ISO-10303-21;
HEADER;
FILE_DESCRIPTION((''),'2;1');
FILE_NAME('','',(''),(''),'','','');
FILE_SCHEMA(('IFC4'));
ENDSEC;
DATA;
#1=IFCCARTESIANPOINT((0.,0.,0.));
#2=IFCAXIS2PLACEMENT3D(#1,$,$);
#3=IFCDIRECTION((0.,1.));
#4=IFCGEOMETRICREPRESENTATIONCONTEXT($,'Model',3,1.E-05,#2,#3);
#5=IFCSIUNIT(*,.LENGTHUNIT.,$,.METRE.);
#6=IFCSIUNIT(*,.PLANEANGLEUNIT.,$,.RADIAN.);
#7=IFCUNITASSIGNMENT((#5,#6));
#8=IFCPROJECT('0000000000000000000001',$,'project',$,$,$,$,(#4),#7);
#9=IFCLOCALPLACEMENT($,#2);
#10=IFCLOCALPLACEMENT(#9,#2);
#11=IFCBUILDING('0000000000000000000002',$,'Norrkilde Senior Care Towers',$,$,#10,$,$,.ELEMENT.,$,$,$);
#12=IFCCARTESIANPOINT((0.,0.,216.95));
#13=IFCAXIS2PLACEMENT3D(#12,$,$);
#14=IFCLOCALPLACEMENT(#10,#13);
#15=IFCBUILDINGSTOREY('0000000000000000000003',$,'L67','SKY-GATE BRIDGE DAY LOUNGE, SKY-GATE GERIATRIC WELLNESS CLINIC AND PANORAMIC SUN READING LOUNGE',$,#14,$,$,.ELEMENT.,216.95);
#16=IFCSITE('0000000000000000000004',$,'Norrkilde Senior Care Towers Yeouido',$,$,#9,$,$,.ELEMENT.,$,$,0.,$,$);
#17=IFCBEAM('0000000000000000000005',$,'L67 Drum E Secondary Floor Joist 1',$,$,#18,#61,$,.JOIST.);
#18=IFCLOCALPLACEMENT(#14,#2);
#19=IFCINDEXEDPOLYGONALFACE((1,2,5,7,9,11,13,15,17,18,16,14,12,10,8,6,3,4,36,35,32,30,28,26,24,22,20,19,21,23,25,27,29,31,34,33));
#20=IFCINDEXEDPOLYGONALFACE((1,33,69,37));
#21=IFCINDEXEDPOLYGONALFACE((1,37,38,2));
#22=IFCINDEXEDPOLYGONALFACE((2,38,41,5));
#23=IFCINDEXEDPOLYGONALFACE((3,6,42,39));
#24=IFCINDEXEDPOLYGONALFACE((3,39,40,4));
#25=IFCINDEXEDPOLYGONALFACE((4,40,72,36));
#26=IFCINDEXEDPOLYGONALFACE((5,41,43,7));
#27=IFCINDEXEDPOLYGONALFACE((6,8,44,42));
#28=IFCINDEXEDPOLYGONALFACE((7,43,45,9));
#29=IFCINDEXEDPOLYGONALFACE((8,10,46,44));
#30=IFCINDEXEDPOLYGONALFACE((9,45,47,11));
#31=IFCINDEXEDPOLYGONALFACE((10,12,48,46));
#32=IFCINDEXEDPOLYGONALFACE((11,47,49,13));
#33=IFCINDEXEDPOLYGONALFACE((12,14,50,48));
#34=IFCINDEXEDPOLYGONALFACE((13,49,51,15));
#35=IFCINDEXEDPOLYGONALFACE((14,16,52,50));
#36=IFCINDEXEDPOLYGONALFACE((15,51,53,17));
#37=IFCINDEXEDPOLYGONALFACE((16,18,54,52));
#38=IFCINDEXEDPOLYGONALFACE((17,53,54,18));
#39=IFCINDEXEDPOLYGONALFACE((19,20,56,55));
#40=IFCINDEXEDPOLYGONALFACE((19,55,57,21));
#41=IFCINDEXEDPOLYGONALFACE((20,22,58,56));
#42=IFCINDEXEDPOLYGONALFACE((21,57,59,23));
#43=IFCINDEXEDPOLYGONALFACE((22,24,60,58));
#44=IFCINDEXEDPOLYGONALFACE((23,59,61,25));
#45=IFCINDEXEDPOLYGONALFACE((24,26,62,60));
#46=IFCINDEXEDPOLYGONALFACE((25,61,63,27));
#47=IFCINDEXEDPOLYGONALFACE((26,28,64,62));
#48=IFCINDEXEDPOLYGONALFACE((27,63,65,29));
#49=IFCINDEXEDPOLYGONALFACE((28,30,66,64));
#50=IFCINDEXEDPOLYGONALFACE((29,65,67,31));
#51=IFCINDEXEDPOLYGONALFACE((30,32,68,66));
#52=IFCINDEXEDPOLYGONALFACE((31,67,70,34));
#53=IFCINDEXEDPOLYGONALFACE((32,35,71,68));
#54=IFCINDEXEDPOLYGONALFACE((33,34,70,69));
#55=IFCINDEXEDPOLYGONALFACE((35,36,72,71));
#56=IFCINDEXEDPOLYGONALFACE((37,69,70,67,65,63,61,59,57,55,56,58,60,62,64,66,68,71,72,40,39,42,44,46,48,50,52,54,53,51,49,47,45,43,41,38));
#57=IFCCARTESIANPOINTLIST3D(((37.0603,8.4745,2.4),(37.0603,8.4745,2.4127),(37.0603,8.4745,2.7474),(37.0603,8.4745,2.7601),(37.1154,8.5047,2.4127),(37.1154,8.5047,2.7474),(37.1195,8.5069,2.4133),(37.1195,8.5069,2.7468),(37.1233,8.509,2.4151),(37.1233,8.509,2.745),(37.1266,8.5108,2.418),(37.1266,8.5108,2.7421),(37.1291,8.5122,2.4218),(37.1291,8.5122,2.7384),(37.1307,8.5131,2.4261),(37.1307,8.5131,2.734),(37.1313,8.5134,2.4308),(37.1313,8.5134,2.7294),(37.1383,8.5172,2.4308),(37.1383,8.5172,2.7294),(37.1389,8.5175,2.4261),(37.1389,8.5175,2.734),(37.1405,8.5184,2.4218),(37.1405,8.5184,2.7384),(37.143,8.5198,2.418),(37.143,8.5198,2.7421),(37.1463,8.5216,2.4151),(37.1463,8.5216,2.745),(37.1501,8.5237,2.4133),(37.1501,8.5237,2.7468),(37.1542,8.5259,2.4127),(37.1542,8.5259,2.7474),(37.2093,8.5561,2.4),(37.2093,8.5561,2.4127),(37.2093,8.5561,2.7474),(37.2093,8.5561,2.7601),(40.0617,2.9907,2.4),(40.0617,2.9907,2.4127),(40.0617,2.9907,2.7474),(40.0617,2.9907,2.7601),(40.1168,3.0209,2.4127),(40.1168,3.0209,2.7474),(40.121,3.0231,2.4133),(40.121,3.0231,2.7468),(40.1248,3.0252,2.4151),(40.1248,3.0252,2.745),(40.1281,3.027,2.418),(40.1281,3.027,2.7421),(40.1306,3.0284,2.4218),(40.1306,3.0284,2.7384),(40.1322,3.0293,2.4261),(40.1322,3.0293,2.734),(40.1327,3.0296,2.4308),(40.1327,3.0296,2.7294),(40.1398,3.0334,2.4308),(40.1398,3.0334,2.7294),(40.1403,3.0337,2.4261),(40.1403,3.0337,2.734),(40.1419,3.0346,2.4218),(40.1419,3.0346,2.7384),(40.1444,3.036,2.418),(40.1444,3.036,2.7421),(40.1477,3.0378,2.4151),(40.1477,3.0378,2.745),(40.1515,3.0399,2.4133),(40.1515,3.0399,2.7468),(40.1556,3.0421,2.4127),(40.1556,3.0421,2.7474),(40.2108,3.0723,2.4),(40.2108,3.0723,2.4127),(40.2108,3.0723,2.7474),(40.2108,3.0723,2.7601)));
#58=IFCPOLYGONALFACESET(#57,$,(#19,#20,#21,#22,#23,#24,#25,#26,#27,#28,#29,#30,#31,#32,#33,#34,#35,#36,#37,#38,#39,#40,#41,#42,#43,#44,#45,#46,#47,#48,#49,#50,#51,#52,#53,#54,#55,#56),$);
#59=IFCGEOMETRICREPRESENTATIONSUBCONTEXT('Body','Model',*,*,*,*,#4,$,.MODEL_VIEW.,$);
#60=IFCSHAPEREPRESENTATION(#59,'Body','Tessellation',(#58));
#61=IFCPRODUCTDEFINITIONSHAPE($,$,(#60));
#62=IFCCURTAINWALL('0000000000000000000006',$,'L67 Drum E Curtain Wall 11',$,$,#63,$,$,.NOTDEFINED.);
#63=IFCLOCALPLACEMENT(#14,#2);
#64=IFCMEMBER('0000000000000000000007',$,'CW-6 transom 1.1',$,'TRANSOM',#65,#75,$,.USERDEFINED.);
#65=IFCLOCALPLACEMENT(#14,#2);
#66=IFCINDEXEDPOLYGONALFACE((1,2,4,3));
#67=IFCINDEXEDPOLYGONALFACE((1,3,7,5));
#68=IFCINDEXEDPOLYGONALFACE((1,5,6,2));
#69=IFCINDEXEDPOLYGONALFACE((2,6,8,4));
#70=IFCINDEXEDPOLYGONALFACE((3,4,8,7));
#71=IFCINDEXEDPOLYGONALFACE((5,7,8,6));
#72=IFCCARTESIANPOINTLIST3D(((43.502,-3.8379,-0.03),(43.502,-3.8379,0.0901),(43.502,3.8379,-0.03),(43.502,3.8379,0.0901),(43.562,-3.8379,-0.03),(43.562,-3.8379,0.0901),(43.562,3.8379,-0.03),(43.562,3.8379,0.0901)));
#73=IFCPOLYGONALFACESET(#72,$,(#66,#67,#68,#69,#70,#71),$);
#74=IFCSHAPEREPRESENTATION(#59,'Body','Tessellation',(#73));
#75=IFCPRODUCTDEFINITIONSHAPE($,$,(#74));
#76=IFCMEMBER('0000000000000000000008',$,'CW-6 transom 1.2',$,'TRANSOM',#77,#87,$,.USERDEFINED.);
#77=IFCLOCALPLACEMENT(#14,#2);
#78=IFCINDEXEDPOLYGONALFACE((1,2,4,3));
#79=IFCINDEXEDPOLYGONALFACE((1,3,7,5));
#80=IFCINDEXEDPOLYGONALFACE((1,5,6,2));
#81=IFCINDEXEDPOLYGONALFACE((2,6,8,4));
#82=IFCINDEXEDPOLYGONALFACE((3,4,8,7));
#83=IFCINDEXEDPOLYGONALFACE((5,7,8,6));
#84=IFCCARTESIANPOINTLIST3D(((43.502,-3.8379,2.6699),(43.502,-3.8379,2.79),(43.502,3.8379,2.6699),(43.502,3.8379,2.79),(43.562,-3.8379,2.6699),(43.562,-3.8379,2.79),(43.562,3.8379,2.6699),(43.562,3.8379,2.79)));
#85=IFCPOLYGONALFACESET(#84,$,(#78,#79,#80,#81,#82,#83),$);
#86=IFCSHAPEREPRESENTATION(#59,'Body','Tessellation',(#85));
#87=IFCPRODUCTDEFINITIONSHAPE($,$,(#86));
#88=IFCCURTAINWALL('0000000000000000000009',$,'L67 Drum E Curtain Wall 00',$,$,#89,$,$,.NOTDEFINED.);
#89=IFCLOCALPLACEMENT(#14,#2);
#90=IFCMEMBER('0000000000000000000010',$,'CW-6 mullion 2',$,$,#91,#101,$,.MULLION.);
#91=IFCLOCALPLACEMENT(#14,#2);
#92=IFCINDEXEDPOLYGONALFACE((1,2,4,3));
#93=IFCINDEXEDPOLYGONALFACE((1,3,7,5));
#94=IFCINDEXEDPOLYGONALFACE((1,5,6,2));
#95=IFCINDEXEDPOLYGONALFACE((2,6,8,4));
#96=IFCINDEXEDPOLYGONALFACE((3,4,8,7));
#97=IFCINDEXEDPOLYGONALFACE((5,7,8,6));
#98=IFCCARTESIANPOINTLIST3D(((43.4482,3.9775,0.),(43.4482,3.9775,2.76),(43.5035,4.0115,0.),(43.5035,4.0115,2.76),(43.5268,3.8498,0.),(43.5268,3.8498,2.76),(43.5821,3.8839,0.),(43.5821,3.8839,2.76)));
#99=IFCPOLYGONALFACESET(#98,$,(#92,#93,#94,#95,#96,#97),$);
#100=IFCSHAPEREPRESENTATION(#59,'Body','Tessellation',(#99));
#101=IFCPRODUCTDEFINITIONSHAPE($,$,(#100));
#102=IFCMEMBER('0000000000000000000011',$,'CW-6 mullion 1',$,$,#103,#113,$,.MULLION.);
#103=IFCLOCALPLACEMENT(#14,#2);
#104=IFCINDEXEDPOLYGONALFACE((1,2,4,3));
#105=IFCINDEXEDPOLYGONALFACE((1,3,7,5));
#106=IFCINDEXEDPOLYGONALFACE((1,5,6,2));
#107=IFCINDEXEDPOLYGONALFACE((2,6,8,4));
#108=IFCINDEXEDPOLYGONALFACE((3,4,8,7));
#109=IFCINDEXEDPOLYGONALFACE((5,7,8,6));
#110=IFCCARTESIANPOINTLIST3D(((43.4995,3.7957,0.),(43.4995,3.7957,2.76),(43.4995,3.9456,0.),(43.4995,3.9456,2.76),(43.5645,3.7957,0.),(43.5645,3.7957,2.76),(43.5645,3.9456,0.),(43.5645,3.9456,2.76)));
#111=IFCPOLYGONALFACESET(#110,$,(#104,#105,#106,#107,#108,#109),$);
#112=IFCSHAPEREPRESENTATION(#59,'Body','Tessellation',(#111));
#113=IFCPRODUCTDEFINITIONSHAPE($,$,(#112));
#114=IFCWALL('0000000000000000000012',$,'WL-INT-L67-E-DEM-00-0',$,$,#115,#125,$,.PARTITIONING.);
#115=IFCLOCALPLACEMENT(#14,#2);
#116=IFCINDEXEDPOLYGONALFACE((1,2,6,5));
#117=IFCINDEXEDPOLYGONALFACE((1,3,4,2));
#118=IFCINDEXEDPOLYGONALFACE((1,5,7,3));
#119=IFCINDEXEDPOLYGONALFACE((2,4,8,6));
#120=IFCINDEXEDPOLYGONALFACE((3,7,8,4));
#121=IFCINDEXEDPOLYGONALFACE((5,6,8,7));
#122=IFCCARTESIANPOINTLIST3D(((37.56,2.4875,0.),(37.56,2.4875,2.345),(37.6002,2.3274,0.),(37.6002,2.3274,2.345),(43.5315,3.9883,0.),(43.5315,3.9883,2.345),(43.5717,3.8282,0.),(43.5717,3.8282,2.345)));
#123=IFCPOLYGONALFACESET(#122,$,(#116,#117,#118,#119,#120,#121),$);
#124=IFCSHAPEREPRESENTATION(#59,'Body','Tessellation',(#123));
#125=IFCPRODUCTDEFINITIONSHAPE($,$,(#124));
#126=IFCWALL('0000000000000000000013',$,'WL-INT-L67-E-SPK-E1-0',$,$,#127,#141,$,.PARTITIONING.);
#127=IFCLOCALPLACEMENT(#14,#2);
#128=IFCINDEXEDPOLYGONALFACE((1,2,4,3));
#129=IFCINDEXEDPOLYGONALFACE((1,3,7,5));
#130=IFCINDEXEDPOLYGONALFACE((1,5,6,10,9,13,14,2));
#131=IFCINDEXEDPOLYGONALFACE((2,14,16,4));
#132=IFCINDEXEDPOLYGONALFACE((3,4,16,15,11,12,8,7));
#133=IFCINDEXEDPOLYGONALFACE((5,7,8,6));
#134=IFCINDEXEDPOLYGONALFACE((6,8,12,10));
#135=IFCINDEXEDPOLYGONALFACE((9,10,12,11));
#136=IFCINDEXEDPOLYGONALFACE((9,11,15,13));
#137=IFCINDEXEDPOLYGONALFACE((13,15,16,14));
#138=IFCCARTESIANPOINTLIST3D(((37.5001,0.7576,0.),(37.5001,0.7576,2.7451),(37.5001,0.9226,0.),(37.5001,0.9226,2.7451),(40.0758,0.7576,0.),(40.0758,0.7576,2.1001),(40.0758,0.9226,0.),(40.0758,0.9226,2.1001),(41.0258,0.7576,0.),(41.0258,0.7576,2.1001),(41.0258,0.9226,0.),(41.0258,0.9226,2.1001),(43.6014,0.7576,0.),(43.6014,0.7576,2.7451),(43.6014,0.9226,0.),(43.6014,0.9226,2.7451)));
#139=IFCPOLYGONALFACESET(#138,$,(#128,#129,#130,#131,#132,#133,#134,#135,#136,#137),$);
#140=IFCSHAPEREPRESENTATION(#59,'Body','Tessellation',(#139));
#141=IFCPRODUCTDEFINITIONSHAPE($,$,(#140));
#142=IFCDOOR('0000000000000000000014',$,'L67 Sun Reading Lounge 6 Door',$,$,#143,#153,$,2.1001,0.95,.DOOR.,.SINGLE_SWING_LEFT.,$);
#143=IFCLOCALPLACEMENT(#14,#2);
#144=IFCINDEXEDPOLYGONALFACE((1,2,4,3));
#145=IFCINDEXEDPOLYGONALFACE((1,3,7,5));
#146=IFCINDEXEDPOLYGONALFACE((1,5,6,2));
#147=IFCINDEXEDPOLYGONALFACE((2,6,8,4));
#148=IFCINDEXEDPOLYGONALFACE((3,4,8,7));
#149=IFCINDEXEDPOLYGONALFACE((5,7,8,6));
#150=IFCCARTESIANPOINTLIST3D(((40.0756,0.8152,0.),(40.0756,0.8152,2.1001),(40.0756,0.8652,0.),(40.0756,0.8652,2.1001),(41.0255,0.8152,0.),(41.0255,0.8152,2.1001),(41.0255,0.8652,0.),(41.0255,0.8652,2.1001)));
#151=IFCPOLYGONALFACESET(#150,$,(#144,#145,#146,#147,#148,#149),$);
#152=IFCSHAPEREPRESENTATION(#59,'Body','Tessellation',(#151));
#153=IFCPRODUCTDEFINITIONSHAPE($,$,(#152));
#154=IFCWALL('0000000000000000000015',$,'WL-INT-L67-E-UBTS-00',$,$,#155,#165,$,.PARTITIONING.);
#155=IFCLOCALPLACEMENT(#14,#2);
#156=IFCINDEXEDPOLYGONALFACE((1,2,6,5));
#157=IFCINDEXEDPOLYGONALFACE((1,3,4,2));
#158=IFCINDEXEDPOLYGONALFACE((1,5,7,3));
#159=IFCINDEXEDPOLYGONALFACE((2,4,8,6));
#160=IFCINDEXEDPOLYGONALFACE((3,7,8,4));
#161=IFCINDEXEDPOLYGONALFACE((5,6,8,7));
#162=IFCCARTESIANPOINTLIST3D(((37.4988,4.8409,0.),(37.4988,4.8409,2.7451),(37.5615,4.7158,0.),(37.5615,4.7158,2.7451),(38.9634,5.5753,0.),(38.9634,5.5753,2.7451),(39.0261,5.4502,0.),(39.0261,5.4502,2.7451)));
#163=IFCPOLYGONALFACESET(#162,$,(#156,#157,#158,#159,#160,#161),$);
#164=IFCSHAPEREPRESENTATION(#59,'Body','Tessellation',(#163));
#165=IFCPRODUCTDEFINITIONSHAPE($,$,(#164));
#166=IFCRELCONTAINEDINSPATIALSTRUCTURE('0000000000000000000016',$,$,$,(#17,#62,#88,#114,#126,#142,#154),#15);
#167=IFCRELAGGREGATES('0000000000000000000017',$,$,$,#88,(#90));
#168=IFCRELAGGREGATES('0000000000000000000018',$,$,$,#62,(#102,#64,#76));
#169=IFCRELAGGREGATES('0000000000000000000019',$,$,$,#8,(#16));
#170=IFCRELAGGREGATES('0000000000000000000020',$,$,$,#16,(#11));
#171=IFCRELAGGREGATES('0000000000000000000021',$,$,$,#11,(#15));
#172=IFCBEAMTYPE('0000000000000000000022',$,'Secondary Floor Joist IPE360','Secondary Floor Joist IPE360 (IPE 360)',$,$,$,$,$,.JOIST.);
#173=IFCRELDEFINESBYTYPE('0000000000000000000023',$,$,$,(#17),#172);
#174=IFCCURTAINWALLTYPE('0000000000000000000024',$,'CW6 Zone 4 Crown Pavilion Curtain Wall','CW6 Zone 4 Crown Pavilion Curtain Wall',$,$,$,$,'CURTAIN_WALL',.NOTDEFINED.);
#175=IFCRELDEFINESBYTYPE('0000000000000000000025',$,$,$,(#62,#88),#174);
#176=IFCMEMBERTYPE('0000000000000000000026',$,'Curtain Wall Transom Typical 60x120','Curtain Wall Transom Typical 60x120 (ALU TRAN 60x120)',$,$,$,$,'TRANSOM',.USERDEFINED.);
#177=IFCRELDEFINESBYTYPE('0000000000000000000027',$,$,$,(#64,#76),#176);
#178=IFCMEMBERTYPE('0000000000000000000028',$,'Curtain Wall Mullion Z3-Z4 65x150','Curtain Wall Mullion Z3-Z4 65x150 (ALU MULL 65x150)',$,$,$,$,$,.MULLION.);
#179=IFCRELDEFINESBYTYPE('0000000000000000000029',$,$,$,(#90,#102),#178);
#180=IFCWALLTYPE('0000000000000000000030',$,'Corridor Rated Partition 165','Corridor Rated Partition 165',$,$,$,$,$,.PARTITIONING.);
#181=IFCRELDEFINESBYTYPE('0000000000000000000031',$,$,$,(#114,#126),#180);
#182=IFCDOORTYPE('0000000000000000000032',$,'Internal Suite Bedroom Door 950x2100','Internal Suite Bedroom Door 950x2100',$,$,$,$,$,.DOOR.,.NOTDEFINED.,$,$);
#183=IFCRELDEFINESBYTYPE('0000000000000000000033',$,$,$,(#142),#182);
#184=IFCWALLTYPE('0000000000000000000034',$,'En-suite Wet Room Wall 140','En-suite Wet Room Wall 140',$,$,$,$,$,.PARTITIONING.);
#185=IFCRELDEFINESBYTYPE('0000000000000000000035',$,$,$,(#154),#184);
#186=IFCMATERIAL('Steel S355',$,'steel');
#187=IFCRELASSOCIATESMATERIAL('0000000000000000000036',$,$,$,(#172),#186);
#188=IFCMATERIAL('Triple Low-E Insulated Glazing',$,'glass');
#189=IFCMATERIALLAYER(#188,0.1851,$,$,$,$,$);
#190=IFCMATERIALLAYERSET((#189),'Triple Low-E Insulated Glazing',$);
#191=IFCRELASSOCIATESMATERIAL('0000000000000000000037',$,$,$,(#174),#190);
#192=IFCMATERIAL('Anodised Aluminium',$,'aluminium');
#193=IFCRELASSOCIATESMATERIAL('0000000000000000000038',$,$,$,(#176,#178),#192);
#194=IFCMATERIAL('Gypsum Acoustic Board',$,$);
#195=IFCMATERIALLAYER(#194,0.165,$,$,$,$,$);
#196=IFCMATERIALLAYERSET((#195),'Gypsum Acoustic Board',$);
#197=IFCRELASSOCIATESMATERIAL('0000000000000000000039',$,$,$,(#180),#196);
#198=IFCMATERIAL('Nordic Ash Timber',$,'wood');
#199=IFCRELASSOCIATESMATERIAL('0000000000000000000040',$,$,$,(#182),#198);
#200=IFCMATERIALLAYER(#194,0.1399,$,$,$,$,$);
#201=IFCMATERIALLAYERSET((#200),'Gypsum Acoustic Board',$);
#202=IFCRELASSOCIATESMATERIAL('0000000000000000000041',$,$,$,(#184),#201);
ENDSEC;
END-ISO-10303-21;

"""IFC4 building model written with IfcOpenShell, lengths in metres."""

from ifc_helpers import new_model, si_unit, direction, frame, frame_2d, origin, origin_2d, place, context, subcontext, project, spatial, rectangle, i_section, extrude, source, transform, mapped, material, layer, layer_set, material_profile, profile_set, type_object, type_shapes, element, fill, aggregate, save


model = new_model("IFC4")

# Units and contexts
model_context = context("Model", 3, precision=1e-05, world=origin(), true_north=direction((0.0, 1.0)))
body_context = subcontext(model_context, "Body", "Model", "MODEL_VIEW")
ifc_project = project(units=[si_unit("LENGTHUNIT", "METRE"), si_unit("PLANEANGLEUNIT", "RADIAN")], contexts=[model_context])

# Site, building, storey
site_placement = place(None, origin())
site = spatial("IfcSite", under=ifc_project, at=site_placement, Name="Norrkilde Senior Care Towers Yeouido", CompositionType="ELEMENT", RefElevation=0.0)
building_placement = place(site_placement, origin())
building = spatial("IfcBuilding", under=site, at=building_placement, Name="Norrkilde Senior Care Towers", CompositionType="ELEMENT")
storey_placement = place(building_placement, frame((0.0, 0.0, 216.95)))
storey = spatial("IfcBuildingStorey", under=building, at=storey_placement, Name="L67", Description="SKY-GATE BRIDGE DAY LOUNGE, SKY-GATE GERIATRIC WELLNESS CLINIC AND PANORAMIC SUN READING LOUNGE", CompositionType="ELEMENT", Elevation=216.95)

# Beam
ifc_material_1 = material(Name="Steel S355", Category="steel")
ifc_material_profile_1 = material_profile(ifc_material_1, i_section(OverallWidth=0.1699, OverallDepth=0.3601, WebThickness=0.0081, FlangeThickness=0.0127, FilletRadius=0.0181, at=origin_2d()), Name="IPE 360")
ifc_profile_set_1 = profile_set([ifc_material_profile_1], Name="Steel S355")
beam_type_1 = type_object("IfcBeamType", Name="Secondary Floor Joist IPE360", Description="Secondary Floor Joist IPE360 (IPE 360)", PredefinedType="JOIST", material=ifc_profile_set_1)
shared_shape_1 = source(origin(), body_context, "Body", "SweptSolid", [
    extrude(i_section(OverallWidth=0.1699, OverallDepth=0.3601, WebThickness=0.0081, FlangeThickness=0.0127, FilletRadius=0.0181, at=origin_2d()), origin(), (0.0, 0.0, 1.0), 6.2515),
])
type_shapes(beam_type_1, [shared_shape_1])
beam_1_placement = place(storey_placement, frame((40.1362, 3.0315, 2.5801), z_axis=(-0.480116, 0.877205, 0.0), x_axis=(-0.877205, -0.480116, 0.0)))
element("IfcBeam", 1, at=beam_1_placement, inside=storey, type_object=beam_type_1, Name="L67 Drum E Secondary Floor Joist 1", PredefinedType="JOIST", context=body_context, shape_type="MappedRepresentation", body=[
    mapped(shared_shape_1, transform((0.0, 0.0, 0.0), x_axis=(1.0, 0.0, 0.0), y_axis=(0.0, 1.0, 0.0), z_axis=(0.0, 0.0, 1.0), scale=1.0)),
])

# Curtain wall, members
ifc_material_2 = material(Name="Triple Low-E Insulated Glazing", Category="glass")
ifc_layer_1 = layer(ifc_material_2, 0.1851)
ifc_layer_set_1 = layer_set([ifc_layer_1], Name="Triple Low-E Insulated Glazing")
curtain_wall_type = type_object("IfcCurtainWallType", Name="CW6 Zone 4 Crown Pavilion Curtain Wall", Description="CW6 Zone 4 Crown Pavilion Curtain Wall", ElementType="CURTAIN_WALL", PredefinedType="NOTDEFINED", material=ifc_layer_set_1)
curtain_wall_1_placement = place(storey_placement, origin())
curtain_wall_1 = element("IfcCurtainWall", 2, at=curtain_wall_1_placement, inside=storey, type_object=curtain_wall_type, Name="L67 Drum E Curtain Wall 11", PredefinedType="NOTDEFINED")
ifc_material_3 = material(Name="Anodised Aluminium", Category="aluminium")
ifc_material_profile_2 = material_profile(ifc_material_3, rectangle(XDim=0.0601, YDim=0.1201, at=origin_2d()), Name="ALU TRAN 60x120")
ifc_profile_set_2 = profile_set([ifc_material_profile_2], Name="Anodised Aluminium")
member_type_1 = type_object("IfcMemberType", Name="Curtain Wall Transom Typical 60x120", Description="Curtain Wall Transom Typical 60x120 (ALU TRAN 60x120)", ElementType="TRANSOM", PredefinedType="USERDEFINED", material=ifc_profile_set_2)
shared_shape_2 = source(origin(), body_context, "Body", "SweptSolid", [
    extrude(rectangle(XDim=0.0601, YDim=0.1201, at=origin_2d()), origin(), (0.0, 0.0, 1.0), 7.6758),
])
type_shapes(member_type_1, [shared_shape_2])
member_1_placement = place(storey_placement, frame((43.532, 3.8379, 0.03), z_axis=(0.0, -1.0, 0.0), x_axis=(1.0, 0.0, 0.0)))
member_1 = element("IfcMember", 3, at=member_1_placement, type_object=member_type_1, Name="CW-6 transom 1.1", ObjectType="TRANSOM", PredefinedType="USERDEFINED", context=body_context, shape_type="MappedRepresentation", body=[
    mapped(shared_shape_2, transform((0.0, 0.0, 0.0), x_axis=(1.0, 0.0, 0.0), y_axis=(0.0, 1.0, 0.0), z_axis=(0.0, 0.0, 1.0), scale=1.0)),
])
member_2_placement = place(storey_placement, frame((43.532, 3.8379, 2.73), z_axis=(0.0, -1.0, 0.0), x_axis=(1.0, 0.0, 0.0)))
member_2 = element("IfcMember", 4, at=member_2_placement, type_object=member_type_1, Name="CW-6 transom 1.2", ObjectType="TRANSOM", PredefinedType="USERDEFINED", context=body_context, shape_type="MappedRepresentation", body=[
    mapped(shared_shape_2, transform((0.0, 0.0, 0.0), x_axis=(1.0, 0.0, 0.0), y_axis=(0.0, 1.0, 0.0), z_axis=(0.0, 0.0, 1.0), scale=1.0)),
])

# Curtain wall, member
curtain_wall_2_placement = place(storey_placement, origin())
curtain_wall_2 = element("IfcCurtainWall", 5, at=curtain_wall_2_placement, inside=storey, type_object=curtain_wall_type, Name="L67 Drum E Curtain Wall 00", PredefinedType="NOTDEFINED")
ifc_material_profile_3 = material_profile(ifc_material_3, rectangle(XDim=0.0649, YDim=0.1499, at=origin_2d()), Name="ALU MULL 65x150")
ifc_profile_set_3 = profile_set([ifc_material_profile_3], Name="Anodised Aluminium")
member_type_2 = type_object("IfcMemberType", Name="Curtain Wall Mullion Z3-Z4 65x150", Description="Curtain Wall Mullion Z3-Z4 65x150 (ALU MULL 65x150)", PredefinedType="MULLION", material=ifc_profile_set_3)
shared_shape_3 = source(origin(), body_context, "Body", "SweptSolid", [
    extrude(rectangle(XDim=0.0649, YDim=0.1499, at=origin_2d()), origin(), (0.0, 0.0, 1.0), 2.76),
])
type_shapes(member_type_2, [shared_shape_3])
member_3_placement = place(storey_placement, frame((43.5151, 3.9307, 0.0), z_axis=(0.0, 0.0, 1.0), x_axis=(0.851563, 0.524253, 0.0)))
member_3 = element("IfcMember", 6, at=member_3_placement, type_object=member_type_2, Name="CW-6 mullion 2", PredefinedType="MULLION", context=body_context, shape_type="MappedRepresentation", body=[
    mapped(shared_shape_3, transform((0.0, 0.0, 0.0), x_axis=(1.0, 0.0, 0.0), y_axis=(0.0, 1.0, 0.0), z_axis=(0.0, 0.0, 1.0), scale=1.0)),
])
aggregate(curtain_wall_2, [member_3])

# Member
member_4_placement = place(storey_placement, frame((43.532, 3.8706, 0.0), z_axis=(0.0, 0.0, 1.0), x_axis=(1.0, 0.0, 0.0)))
member_4 = element("IfcMember", 7, at=member_4_placement, type_object=member_type_2, Name="CW-6 mullion 1", PredefinedType="MULLION", context=body_context, shape_type="MappedRepresentation", body=[
    mapped(shared_shape_3, transform((0.0, 0.0, 0.0), x_axis=(1.0, 0.0, 0.0), y_axis=(0.0, 1.0, 0.0), z_axis=(0.0, 0.0, 1.0), scale=1.0)),
])
aggregate(curtain_wall_1, [member_4, member_1, member_2])

# Wall
ifc_material_4 = material(Name="Gypsum Acoustic Board")
ifc_layer_2 = layer(ifc_material_4, 0.165)
ifc_layer_set_2 = layer_set([ifc_layer_2], Name="Gypsum Acoustic Board")
wall_type_1 = type_object("IfcWallType", Name="Corridor Rated Partition 165", Description="Corridor Rated Partition 165", PredefinedType="PARTITIONING", material=ifc_layer_set_2)
shared_shape_4 = source(origin(), body_context, "Body", "SweptSolid", [
    extrude(rectangle(XDim=6.1572, YDim=0.165, at=frame_2d((3.0786, 0.0))), origin(), (0.0, 0.0, 1.0), 2.345),
])
wall_1_placement = place(storey_placement, frame((37.5801, 2.4075, 0.0), z_axis=(0.0, 0.0, 1.0), x_axis=(0.969841, 0.243739, 0.0)))
element("IfcWall", 8, at=wall_1_placement, inside=storey, type_object=wall_type_1, Name="WL-INT-L67-E-DEM-00-0", PredefinedType="PARTITIONING", context=body_context, shape_type="MappedRepresentation", body=[
    mapped(shared_shape_4, transform((0.0, 0.0, 0.0), x_axis=(1.0, 0.0, 0.0), y_axis=(0.0, 1.0, 0.0), z_axis=(0.0, 0.0, 1.0), scale=1.0)),
])

# Wall, opening, door
shared_shape_5 = source(origin(), body_context, "Body", "SweptSolid", [
    extrude(rectangle(XDim=6.1013, YDim=0.165, at=frame_2d((3.0508, 0.0))), origin(), (0.0, 0.0, 1.0), 2.7451),
])
type_shapes(wall_type_1, [shared_shape_4, shared_shape_5])
wall_2_placement = place(storey_placement, frame((37.5, 0.8401, 0.0), z_axis=(0.0, 0.0, 1.0), x_axis=(1.0, 0.0, 0.0)))
wall_2 = element("IfcWall", 9, at=wall_2_placement, inside=storey, type_object=wall_type_1, Name="WL-INT-L67-E-SPK-E1-0", PredefinedType="PARTITIONING", context=body_context, shape_type="MappedRepresentation", body=[
    mapped(shared_shape_5, transform((0.0, 0.0, 0.0), x_axis=(1.0, 0.0, 0.0), y_axis=(0.0, 1.0, 0.0), z_axis=(0.0, 0.0, 1.0), scale=1.0)),
])
opening_1_placement = place(wall_2_placement, frame((2.5757, 0.0, 0.0)))
opening_1 = element("IfcOpeningElement", 10, at=opening_1_placement, cuts=wall_2, PredefinedType="OPENING", context=body_context, shape_type="SweptSolid", body=[
    extrude(rectangle(XDim=0.95, YDim=2.1001, at=frame_2d((0.4751, 1.05))), frame((0.0, 0.0925, 0.0), z_axis=(0.0, -1.0, 0.0), x_axis=(1.0, 0.0, 0.0)), (0.0, 0.0, 1.0), 0.1851),
])
ifc_material_5 = material(Name="Nordic Ash Timber", Category="wood")
door_type_1 = type_object("IfcDoorType", Name="Internal Suite Bedroom Door 950x2100", Description="Internal Suite Bedroom Door 950x2100", OperationType="NOTDEFINED", PredefinedType="DOOR", material=ifc_material_5)
shared_shape_6 = source(origin(), body_context, "Body", "SweptSolid", [
    extrude(rectangle(XDim=0.95, YDim=2.1001, at=frame_2d((0.4751, 1.05))), frame((0.0, 0.0249, 0.0), z_axis=(0.0, -1.0, 0.0), x_axis=(1.0, 0.0, 0.0)), (0.0, 0.0, 1.0), 0.05),
])
type_shapes(door_type_1, [shared_shape_6])
door_1_placement = place(opening_1_placement, frame((0.95, 0.0, 0.0), z_axis=(0.0, 0.0, 1.0), x_axis=(-1.0, 0.0, 0.0)))
door_1 = element("IfcDoor", 11, at=door_1_placement, inside=storey, type_object=door_type_1, Name="L67 Sun Reading Lounge 6 Door", OperationType="SINGLE_SWING_LEFT", OverallHeight=2.1001, OverallWidth=0.95, PredefinedType="DOOR", context=body_context, shape_type="MappedRepresentation", body=[
    mapped(shared_shape_6, transform((0.0, 0.0, 0.0), x_axis=(1.0, 0.0, 0.0), y_axis=(0.0, 1.0, 0.0), z_axis=(0.0, 0.0, 1.0), scale=1.0)),
])
fill(opening_1, door_1)

# Wall
ifc_layer_3 = layer(ifc_material_4, 0.1399)
ifc_layer_set_3 = layer_set([ifc_layer_3], Name="Gypsum Acoustic Board")
wall_type_2 = type_object("IfcWallType", Name="En-suite Wet Room Wall 140", Description="En-suite Wet Room Wall 140", PredefinedType="PARTITIONING", material=ifc_layer_set_3)
shared_shape_7 = source(origin(), body_context, "Body", "SweptSolid", [
    extrude(rectangle(XDim=1.6384, YDim=0.1399, at=frame_2d((0.8193, 0.0))), origin(), (0.0, 0.0, 1.0), 2.7451),
])
wall_3_placement = place(storey_placement, frame((37.53, 4.7783, 0.0), z_axis=(0.0, 0.0, 1.0), x_axis=(0.89392, 0.448227, 0.0)))
element("IfcWall", 12, at=wall_3_placement, inside=storey, type_object=wall_type_2, Name="WL-INT-L67-E-UBTS-00", PredefinedType="PARTITIONING", context=body_context, shape_type="MappedRepresentation", body=[
    mapped(shared_shape_7, transform((0.0, 0.0, 0.0), x_axis=(1.0, 0.0, 0.0), y_axis=(0.0, 1.0, 0.0), z_axis=(0.0, 0.0, 1.0), scale=1.0)),
])

save(model, "model.ifc")
